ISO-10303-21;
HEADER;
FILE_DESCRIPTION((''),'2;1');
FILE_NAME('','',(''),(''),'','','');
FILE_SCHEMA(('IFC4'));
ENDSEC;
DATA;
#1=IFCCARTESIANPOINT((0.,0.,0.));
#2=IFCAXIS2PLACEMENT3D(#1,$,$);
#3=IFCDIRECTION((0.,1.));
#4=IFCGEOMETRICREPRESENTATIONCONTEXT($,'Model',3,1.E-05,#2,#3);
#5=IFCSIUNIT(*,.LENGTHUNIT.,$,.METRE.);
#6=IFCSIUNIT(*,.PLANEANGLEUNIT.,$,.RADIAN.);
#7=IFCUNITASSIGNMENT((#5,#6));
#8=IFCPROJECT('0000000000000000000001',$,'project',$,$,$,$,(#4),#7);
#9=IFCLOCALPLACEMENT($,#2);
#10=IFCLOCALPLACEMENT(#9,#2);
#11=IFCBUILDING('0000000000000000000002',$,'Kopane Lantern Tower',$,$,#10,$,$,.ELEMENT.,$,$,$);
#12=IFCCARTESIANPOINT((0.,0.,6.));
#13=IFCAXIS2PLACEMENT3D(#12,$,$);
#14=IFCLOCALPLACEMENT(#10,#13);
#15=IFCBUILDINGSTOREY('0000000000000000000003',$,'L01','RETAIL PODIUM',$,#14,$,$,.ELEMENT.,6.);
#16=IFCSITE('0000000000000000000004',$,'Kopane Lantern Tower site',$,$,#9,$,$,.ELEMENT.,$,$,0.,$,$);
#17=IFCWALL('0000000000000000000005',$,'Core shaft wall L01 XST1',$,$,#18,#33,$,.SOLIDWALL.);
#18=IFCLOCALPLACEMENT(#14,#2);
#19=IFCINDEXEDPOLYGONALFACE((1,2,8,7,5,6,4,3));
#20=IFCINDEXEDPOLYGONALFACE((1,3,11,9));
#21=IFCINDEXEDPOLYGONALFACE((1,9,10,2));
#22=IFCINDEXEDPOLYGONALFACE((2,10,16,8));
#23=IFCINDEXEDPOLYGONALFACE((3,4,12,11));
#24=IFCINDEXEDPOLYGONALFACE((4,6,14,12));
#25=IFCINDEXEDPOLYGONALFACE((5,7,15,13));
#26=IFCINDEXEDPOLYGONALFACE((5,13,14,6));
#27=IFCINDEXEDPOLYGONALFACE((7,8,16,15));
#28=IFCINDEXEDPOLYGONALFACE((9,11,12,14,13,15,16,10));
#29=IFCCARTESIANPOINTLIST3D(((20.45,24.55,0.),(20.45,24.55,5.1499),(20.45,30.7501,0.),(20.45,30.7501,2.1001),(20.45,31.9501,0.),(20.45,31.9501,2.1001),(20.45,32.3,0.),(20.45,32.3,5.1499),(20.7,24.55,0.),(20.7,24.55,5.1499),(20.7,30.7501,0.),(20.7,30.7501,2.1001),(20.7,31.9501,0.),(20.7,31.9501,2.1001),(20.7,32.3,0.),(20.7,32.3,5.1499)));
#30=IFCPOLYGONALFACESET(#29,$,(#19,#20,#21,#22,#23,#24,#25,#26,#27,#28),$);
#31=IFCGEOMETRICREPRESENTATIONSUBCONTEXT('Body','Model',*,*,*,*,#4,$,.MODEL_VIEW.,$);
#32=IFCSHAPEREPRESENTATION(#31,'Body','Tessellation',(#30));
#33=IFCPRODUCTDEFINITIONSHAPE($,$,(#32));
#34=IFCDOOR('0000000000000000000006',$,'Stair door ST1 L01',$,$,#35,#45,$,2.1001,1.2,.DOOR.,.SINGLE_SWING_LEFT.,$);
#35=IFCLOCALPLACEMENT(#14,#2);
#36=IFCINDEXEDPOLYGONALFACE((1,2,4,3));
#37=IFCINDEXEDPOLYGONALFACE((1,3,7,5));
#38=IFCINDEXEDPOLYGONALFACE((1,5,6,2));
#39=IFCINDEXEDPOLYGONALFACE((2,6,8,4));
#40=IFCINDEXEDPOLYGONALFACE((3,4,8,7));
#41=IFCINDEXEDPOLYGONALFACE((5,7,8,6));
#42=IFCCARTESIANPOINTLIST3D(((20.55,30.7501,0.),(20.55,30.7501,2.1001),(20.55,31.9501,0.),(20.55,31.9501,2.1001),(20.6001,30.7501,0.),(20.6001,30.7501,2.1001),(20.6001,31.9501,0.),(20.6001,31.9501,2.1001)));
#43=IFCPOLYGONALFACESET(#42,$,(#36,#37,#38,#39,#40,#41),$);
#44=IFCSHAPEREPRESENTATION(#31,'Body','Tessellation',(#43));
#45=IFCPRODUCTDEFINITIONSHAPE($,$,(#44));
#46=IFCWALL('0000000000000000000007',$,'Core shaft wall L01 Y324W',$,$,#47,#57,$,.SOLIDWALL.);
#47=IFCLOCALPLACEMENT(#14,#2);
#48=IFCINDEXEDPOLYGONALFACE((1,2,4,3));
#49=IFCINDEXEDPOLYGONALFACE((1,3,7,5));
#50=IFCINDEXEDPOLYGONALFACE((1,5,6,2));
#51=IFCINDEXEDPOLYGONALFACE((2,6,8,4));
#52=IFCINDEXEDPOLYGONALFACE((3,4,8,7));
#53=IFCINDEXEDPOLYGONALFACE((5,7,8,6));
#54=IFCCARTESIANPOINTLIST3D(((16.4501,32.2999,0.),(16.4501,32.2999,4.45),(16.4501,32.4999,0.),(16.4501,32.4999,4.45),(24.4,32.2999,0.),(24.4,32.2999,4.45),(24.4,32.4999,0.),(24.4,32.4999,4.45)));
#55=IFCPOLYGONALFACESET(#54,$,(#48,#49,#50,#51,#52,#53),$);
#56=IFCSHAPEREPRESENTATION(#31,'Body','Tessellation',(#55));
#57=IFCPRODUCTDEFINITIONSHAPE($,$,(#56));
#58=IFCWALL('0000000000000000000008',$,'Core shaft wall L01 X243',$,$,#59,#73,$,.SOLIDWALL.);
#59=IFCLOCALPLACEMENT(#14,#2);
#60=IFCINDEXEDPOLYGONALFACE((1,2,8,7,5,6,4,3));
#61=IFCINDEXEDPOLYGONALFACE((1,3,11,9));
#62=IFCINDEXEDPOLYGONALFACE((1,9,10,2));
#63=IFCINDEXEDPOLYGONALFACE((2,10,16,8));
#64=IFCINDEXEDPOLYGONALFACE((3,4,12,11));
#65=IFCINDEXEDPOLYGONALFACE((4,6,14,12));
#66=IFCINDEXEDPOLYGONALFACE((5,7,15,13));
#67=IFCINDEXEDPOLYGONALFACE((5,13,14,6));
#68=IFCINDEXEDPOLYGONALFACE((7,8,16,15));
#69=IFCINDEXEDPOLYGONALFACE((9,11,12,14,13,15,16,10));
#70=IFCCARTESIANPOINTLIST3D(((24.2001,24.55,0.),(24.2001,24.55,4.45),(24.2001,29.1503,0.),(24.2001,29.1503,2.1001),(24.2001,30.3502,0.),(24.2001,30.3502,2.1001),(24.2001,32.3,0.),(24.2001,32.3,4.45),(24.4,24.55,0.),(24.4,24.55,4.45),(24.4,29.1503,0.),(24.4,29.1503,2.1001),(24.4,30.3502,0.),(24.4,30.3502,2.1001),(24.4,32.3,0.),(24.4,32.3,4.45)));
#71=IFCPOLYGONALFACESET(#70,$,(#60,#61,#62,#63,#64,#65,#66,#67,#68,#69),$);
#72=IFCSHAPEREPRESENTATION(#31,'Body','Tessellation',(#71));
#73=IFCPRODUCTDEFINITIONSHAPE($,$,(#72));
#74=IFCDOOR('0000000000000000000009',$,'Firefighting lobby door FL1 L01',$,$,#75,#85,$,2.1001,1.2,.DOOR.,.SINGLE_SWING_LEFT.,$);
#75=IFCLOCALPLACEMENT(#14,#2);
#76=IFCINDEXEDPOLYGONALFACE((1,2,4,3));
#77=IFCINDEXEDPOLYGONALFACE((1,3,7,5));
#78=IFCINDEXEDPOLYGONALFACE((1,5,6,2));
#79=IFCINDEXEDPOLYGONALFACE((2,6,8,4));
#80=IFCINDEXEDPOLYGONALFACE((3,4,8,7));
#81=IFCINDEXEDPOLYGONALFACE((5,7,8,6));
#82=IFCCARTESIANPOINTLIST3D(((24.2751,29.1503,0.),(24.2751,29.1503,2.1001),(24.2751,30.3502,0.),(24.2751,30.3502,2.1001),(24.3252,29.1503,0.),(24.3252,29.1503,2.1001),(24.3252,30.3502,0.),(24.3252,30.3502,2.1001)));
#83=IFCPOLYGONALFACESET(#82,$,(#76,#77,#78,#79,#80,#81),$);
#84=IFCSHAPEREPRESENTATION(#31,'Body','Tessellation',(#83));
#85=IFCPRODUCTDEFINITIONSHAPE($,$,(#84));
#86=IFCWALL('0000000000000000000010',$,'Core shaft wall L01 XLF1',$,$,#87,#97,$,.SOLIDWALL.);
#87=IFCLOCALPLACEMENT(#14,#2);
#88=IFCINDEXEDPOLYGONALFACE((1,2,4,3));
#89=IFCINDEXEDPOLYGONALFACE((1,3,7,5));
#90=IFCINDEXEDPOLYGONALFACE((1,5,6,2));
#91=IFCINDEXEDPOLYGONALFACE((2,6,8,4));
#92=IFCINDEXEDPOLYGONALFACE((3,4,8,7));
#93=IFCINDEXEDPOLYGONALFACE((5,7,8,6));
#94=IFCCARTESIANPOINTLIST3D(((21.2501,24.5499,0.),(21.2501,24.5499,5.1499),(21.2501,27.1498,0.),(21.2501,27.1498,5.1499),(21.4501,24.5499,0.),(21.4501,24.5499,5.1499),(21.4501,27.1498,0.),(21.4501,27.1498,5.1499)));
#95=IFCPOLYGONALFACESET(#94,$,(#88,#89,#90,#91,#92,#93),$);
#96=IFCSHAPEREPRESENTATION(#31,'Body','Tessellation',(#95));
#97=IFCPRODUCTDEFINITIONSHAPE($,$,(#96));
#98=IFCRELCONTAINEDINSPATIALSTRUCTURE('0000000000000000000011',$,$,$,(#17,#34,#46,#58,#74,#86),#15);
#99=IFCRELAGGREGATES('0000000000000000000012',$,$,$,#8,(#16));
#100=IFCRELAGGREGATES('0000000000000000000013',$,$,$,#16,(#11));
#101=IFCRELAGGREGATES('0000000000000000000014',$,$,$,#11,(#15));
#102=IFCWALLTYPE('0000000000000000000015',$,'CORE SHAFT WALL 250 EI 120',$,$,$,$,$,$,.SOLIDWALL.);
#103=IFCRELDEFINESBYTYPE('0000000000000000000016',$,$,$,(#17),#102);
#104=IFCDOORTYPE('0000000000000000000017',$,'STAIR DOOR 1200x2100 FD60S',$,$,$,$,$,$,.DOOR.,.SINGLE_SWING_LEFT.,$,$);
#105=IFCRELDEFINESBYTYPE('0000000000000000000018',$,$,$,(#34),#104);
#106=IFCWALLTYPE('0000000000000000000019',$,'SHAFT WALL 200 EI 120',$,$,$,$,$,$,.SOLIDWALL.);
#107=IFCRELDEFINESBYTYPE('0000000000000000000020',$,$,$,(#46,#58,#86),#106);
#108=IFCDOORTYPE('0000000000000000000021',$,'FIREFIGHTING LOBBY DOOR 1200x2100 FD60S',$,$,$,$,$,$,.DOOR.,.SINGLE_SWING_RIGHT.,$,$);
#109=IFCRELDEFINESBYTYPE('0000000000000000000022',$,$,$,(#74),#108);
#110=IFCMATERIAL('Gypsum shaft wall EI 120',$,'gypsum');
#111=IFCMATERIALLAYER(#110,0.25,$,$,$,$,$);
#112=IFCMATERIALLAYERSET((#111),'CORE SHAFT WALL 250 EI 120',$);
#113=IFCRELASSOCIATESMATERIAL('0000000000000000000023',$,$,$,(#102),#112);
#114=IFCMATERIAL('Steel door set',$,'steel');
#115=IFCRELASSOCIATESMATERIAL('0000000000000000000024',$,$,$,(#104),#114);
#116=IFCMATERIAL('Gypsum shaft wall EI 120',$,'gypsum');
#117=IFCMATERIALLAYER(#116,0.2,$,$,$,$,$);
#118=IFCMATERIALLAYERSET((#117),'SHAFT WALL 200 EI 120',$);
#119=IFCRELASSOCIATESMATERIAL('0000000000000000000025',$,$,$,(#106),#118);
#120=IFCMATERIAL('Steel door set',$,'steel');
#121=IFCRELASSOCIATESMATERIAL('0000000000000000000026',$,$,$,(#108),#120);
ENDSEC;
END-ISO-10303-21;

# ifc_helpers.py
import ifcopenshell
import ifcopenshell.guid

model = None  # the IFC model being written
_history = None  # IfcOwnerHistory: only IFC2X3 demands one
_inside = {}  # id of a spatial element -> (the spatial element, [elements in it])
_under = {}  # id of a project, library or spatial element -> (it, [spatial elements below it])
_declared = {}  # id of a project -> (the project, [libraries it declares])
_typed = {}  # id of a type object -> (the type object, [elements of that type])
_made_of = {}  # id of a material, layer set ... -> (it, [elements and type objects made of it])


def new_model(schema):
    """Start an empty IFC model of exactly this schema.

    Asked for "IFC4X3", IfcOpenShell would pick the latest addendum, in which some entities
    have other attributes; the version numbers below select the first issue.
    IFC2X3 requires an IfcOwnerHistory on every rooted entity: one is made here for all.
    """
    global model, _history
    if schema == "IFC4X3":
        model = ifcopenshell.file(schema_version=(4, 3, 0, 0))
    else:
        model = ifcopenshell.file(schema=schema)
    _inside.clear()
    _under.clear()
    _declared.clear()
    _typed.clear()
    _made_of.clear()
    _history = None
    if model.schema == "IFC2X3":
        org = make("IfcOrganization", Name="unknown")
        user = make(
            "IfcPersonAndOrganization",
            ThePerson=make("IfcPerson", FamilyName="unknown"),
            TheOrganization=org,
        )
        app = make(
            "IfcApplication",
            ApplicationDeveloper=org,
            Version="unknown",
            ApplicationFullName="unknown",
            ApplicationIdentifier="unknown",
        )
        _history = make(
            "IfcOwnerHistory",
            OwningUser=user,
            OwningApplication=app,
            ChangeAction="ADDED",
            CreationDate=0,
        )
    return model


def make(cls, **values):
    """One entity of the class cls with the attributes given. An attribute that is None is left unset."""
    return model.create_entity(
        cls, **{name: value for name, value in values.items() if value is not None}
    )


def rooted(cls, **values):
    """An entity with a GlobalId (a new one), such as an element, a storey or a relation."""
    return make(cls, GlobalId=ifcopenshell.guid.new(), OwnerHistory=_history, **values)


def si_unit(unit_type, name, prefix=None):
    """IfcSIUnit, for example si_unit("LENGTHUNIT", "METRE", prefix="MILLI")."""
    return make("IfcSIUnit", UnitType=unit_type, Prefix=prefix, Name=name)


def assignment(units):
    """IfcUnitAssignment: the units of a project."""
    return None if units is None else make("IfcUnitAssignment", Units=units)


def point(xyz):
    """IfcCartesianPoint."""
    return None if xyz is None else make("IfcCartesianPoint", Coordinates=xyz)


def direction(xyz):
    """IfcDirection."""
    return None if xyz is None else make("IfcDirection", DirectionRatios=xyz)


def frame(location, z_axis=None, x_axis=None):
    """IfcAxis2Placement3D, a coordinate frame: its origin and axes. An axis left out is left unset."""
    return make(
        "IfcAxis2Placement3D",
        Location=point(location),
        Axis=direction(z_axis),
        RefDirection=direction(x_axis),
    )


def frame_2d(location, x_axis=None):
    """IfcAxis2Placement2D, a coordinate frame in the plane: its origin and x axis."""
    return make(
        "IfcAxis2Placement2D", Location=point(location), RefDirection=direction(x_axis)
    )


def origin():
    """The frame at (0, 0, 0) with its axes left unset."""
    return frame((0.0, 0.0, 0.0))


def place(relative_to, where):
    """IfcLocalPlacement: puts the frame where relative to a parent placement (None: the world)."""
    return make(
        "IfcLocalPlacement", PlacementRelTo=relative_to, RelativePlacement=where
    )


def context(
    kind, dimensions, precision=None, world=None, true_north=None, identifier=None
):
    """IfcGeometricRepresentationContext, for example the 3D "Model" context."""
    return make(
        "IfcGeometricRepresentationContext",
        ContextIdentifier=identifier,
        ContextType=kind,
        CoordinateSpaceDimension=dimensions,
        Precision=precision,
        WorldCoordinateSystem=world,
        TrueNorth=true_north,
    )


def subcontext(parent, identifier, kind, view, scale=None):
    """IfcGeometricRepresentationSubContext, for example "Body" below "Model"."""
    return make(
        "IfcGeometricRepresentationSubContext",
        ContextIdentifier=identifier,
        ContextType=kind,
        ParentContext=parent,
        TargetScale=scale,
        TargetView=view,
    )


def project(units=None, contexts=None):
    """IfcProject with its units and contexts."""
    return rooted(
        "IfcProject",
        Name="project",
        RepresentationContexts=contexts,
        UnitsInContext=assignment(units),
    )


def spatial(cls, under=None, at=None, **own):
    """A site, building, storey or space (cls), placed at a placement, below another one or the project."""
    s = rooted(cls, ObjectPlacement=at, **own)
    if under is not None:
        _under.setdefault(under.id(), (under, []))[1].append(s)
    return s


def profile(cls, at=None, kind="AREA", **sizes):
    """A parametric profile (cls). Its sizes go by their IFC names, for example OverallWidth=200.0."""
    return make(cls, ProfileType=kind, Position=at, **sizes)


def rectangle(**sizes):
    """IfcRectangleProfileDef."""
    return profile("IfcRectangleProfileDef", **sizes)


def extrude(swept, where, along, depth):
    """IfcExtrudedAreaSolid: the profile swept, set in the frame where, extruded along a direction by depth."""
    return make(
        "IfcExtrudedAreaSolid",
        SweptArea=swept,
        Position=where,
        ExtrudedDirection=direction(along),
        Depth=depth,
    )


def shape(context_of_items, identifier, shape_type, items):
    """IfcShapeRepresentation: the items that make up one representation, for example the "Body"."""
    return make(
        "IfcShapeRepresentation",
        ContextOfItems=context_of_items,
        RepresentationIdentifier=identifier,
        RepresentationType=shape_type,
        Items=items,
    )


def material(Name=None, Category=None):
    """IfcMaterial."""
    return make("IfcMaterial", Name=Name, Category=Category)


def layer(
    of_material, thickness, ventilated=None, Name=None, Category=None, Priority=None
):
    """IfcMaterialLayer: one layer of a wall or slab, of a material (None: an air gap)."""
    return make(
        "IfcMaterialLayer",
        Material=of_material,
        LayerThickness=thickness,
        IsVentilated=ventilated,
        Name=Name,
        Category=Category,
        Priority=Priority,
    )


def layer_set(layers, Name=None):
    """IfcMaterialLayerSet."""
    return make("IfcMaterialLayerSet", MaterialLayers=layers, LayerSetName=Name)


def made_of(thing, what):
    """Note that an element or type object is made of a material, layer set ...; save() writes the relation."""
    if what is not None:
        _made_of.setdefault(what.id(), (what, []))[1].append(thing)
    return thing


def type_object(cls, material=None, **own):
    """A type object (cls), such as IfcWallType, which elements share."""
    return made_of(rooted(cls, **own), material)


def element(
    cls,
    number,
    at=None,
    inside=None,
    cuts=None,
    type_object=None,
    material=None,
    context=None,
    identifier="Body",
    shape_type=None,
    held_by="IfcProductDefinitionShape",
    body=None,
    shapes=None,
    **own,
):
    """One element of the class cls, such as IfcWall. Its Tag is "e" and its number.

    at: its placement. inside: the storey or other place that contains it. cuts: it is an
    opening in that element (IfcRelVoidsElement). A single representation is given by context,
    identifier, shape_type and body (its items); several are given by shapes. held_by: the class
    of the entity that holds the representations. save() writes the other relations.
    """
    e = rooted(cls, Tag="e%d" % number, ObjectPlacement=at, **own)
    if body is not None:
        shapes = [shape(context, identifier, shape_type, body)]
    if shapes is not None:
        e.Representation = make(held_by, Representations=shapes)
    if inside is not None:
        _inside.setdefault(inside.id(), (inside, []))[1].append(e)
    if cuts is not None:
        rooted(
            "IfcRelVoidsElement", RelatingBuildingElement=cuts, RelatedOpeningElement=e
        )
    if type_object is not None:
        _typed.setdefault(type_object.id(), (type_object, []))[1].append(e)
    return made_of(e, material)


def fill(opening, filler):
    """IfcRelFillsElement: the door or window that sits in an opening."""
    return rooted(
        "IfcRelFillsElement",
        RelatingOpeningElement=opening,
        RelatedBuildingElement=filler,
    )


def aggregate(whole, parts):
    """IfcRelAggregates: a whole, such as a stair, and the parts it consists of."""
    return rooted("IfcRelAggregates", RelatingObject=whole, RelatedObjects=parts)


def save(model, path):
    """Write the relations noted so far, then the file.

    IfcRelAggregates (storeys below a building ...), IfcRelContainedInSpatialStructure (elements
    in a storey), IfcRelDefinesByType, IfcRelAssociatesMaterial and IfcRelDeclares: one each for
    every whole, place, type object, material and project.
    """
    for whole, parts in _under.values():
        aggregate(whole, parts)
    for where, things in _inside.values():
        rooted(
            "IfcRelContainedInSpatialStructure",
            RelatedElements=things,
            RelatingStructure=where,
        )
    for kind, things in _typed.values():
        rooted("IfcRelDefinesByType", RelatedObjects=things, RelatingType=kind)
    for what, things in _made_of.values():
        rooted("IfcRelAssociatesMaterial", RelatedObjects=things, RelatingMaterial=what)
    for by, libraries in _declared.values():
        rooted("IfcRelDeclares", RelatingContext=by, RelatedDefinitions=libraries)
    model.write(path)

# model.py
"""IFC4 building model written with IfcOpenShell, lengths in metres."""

from ifc_helpers import new_model, si_unit, direction, frame, frame_2d, origin, place, context, subcontext, project, spatial, rectangle, extrude, material, layer, layer_set, type_object, element, fill, save


model = new_model("IFC4")

# Units and contexts
model_context = context("Model", 3, precision=1e-05, world=origin(), true_north=direction((0.0, 1.0)))
body_context = subcontext(model_context, "Body", "Model", "MODEL_VIEW")
ifc_project = project(units=[si_unit("LENGTHUNIT", "METRE"), si_unit("PLANEANGLEUNIT", "RADIAN")], contexts=[model_context])

# Site, building, storey
site_placement = place(None, origin())
site = spatial("IfcSite", under=ifc_project, at=site_placement, Name="Kopane Lantern Tower site", CompositionType="ELEMENT", RefElevation=0.0)
building_placement = place(site_placement, origin())
building = spatial("IfcBuilding", under=site, at=building_placement, Name="Kopane Lantern Tower", CompositionType="ELEMENT")
storey_placement = place(building_placement, frame((0.0, 0.0, 6.0)))
storey = spatial("IfcBuildingStorey", under=building, at=storey_placement, Name="L01", Description="RETAIL PODIUM", CompositionType="ELEMENT", Elevation=6.0)

# Wall, opening, door
ifc_material_1 = material(Name="Gypsum shaft wall EI 120", Category="gypsum")
ifc_layer_1 = layer(ifc_material_1, 0.25)
ifc_layer_set_1 = layer_set([ifc_layer_1], Name="CORE SHAFT WALL 250 EI 120")
wall_type_1 = type_object("IfcWallType", Name="CORE SHAFT WALL 250 EI 120", PredefinedType="SOLIDWALL", material=ifc_layer_set_1)
wall_1_placement = place(storey_placement, frame((20.575, 24.55, 0.0), z_axis=(0.0, 0.0, 1.0), x_axis=(0.0, 1.0, 0.0)))
wall_1 = element("IfcWall", 1, at=wall_1_placement, inside=storey, type_object=wall_type_1, Name="Core shaft wall L01 XST1", PredefinedType="SOLIDWALL", context=body_context, shape_type="SweptSolid", body=[
    extrude(rectangle(XDim=7.75, YDim=0.25, at=frame_2d((3.875, 0.0))), origin(), (0.0, 0.0, 1.0), 5.1499),
])
opening_1_placement = place(wall_1_placement, frame((6.2, 0.0, 0.0)))
opening_1 = element("IfcOpeningElement", 2, at=opening_1_placement, cuts=wall_1, PredefinedType="OPENING", context=body_context, shape_type="SweptSolid", body=[
    extrude(rectangle(XDim=1.2, YDim=2.1001, at=frame_2d((0.6001, 1.05))), frame((0.0, 0.135, 0.0), z_axis=(0.0, -1.0, 0.0), x_axis=(1.0, 0.0, 0.0)), (0.0, 0.0, 1.0), 0.27),
])
ifc_material_2 = material(Name="Steel door set", Category="steel")
door_type_1 = type_object("IfcDoorType", Name="STAIR DOOR 1200x2100 FD60S", OperationType="SINGLE_SWING_LEFT", PredefinedType="DOOR", material=ifc_material_2)
door_1_placement = place(opening_1_placement, origin())
door_1 = element("IfcDoor", 3, at=door_1_placement, inside=storey, type_object=door_type_1, Name="Stair door ST1 L01", OperationType="SINGLE_SWING_LEFT", OverallHeight=2.1001, OverallWidth=1.2, PredefinedType="DOOR", context=body_context, shape_type="SweptSolid", body=[
    extrude(rectangle(XDim=1.2, YDim=2.1001, at=frame_2d((0.6001, 1.05))), frame((0.0, 0.0249, 0.0), z_axis=(0.0, -1.0, 0.0), x_axis=(1.0, 0.0, 0.0)), (0.0, 0.0, 1.0), 0.05),
])
fill(opening_1, door_1)

# Wall
ifc_material_3 = material(Name="Gypsum shaft wall EI 120", Category="gypsum")
ifc_layer_2 = layer(ifc_material_3, 0.2)
ifc_layer_set_2 = layer_set([ifc_layer_2], Name="SHAFT WALL 200 EI 120")
wall_type_2 = type_object("IfcWallType", Name="SHAFT WALL 200 EI 120", PredefinedType="SOLIDWALL", material=ifc_layer_set_2)
wall_2_placement = place(storey_placement, frame((16.45, 32.3999, 0.0), z_axis=(0.0, 0.0, 1.0), x_axis=(1.0, 0.0, 0.0)))
element("IfcWall", 4, at=wall_2_placement, inside=storey, type_object=wall_type_2, Name="Core shaft wall L01 Y324W", PredefinedType="SOLIDWALL", context=body_context, shape_type="SweptSolid", body=[
    extrude(rectangle(XDim=7.95, YDim=0.2, at=frame_2d((3.9751, 0.0))), origin(), (0.0, 0.0, 1.0), 4.45),
])

# Wall, opening, door
wall_3_placement = place(storey_placement, frame((24.3, 24.55, 0.0), z_axis=(0.0, 0.0, 1.0), x_axis=(0.0, 1.0, 0.0)))
wall_3 = element("IfcWall", 5, at=wall_3_placement, inside=storey, type_object=wall_type_2, Name="Core shaft wall L01 X243", PredefinedType="SOLIDWALL", context=body_context, shape_type="SweptSolid", body=[
    extrude(rectangle(XDim=7.75, YDim=0.2, at=frame_2d((3.875, 0.0))), origin(), (0.0, 0.0, 1.0), 4.45),
])
opening_2_placement = place(wall_3_placement, frame((4.6001, 0.0, 0.0)))
opening_2 = element("IfcOpeningElement", 6, at=opening_2_placement, cuts=wall_3, PredefinedType="OPENING", context=body_context, shape_type="SweptSolid", body=[
    extrude(rectangle(XDim=1.2, YDim=2.1001, at=frame_2d((0.6001, 1.05))), frame((0.0, 0.1099, 0.0), z_axis=(0.0, -1.0, 0.0), x_axis=(1.0, 0.0, 0.0)), (0.0, 0.0, 1.0), 0.22),
])
ifc_material_4 = material(Name="Steel door set", Category="steel")
door_type_2 = type_object("IfcDoorType", Name="FIREFIGHTING LOBBY DOOR 1200x2100 FD60S", OperationType="SINGLE_SWING_RIGHT", PredefinedType="DOOR", material=ifc_material_4)
door_2_placement = place(opening_2_placement, origin())
door_2 = element("IfcDoor", 7, at=door_2_placement, inside=storey, type_object=door_type_2, Name="Firefighting lobby door FL1 L01", OperationType="SINGLE_SWING_LEFT", OverallHeight=2.1001, OverallWidth=1.2, PredefinedType="DOOR", context=body_context, shape_type="SweptSolid", body=[
    extrude(rectangle(XDim=1.2, YDim=2.1001, at=frame_2d((0.6001, 1.05))), frame((0.0, 0.0249, 0.0), z_axis=(0.0, -1.0, 0.0), x_axis=(1.0, 0.0, 0.0)), (0.0, 0.0, 1.0), 0.05),
])
fill(opening_2, door_2)

# Wall
wall_4_placement = place(storey_placement, frame((21.3501, 24.55, 0.0), z_axis=(0.0, 0.0, 1.0), x_axis=(0.0, 1.0, 0.0)))
element("IfcWall", 8, at=wall_4_placement, inside=storey, type_object=wall_type_2, Name="Core shaft wall L01 XLF1", PredefinedType="SOLIDWALL", context=body_context, shape_type="SweptSolid", body=[
    extrude(rectangle(XDim=2.5999, YDim=0.2, at=frame_2d((1.2998, 0.0))), origin(), (0.0, 0.0, 1.0), 5.1499),
])

save(model, "model.ifc")
